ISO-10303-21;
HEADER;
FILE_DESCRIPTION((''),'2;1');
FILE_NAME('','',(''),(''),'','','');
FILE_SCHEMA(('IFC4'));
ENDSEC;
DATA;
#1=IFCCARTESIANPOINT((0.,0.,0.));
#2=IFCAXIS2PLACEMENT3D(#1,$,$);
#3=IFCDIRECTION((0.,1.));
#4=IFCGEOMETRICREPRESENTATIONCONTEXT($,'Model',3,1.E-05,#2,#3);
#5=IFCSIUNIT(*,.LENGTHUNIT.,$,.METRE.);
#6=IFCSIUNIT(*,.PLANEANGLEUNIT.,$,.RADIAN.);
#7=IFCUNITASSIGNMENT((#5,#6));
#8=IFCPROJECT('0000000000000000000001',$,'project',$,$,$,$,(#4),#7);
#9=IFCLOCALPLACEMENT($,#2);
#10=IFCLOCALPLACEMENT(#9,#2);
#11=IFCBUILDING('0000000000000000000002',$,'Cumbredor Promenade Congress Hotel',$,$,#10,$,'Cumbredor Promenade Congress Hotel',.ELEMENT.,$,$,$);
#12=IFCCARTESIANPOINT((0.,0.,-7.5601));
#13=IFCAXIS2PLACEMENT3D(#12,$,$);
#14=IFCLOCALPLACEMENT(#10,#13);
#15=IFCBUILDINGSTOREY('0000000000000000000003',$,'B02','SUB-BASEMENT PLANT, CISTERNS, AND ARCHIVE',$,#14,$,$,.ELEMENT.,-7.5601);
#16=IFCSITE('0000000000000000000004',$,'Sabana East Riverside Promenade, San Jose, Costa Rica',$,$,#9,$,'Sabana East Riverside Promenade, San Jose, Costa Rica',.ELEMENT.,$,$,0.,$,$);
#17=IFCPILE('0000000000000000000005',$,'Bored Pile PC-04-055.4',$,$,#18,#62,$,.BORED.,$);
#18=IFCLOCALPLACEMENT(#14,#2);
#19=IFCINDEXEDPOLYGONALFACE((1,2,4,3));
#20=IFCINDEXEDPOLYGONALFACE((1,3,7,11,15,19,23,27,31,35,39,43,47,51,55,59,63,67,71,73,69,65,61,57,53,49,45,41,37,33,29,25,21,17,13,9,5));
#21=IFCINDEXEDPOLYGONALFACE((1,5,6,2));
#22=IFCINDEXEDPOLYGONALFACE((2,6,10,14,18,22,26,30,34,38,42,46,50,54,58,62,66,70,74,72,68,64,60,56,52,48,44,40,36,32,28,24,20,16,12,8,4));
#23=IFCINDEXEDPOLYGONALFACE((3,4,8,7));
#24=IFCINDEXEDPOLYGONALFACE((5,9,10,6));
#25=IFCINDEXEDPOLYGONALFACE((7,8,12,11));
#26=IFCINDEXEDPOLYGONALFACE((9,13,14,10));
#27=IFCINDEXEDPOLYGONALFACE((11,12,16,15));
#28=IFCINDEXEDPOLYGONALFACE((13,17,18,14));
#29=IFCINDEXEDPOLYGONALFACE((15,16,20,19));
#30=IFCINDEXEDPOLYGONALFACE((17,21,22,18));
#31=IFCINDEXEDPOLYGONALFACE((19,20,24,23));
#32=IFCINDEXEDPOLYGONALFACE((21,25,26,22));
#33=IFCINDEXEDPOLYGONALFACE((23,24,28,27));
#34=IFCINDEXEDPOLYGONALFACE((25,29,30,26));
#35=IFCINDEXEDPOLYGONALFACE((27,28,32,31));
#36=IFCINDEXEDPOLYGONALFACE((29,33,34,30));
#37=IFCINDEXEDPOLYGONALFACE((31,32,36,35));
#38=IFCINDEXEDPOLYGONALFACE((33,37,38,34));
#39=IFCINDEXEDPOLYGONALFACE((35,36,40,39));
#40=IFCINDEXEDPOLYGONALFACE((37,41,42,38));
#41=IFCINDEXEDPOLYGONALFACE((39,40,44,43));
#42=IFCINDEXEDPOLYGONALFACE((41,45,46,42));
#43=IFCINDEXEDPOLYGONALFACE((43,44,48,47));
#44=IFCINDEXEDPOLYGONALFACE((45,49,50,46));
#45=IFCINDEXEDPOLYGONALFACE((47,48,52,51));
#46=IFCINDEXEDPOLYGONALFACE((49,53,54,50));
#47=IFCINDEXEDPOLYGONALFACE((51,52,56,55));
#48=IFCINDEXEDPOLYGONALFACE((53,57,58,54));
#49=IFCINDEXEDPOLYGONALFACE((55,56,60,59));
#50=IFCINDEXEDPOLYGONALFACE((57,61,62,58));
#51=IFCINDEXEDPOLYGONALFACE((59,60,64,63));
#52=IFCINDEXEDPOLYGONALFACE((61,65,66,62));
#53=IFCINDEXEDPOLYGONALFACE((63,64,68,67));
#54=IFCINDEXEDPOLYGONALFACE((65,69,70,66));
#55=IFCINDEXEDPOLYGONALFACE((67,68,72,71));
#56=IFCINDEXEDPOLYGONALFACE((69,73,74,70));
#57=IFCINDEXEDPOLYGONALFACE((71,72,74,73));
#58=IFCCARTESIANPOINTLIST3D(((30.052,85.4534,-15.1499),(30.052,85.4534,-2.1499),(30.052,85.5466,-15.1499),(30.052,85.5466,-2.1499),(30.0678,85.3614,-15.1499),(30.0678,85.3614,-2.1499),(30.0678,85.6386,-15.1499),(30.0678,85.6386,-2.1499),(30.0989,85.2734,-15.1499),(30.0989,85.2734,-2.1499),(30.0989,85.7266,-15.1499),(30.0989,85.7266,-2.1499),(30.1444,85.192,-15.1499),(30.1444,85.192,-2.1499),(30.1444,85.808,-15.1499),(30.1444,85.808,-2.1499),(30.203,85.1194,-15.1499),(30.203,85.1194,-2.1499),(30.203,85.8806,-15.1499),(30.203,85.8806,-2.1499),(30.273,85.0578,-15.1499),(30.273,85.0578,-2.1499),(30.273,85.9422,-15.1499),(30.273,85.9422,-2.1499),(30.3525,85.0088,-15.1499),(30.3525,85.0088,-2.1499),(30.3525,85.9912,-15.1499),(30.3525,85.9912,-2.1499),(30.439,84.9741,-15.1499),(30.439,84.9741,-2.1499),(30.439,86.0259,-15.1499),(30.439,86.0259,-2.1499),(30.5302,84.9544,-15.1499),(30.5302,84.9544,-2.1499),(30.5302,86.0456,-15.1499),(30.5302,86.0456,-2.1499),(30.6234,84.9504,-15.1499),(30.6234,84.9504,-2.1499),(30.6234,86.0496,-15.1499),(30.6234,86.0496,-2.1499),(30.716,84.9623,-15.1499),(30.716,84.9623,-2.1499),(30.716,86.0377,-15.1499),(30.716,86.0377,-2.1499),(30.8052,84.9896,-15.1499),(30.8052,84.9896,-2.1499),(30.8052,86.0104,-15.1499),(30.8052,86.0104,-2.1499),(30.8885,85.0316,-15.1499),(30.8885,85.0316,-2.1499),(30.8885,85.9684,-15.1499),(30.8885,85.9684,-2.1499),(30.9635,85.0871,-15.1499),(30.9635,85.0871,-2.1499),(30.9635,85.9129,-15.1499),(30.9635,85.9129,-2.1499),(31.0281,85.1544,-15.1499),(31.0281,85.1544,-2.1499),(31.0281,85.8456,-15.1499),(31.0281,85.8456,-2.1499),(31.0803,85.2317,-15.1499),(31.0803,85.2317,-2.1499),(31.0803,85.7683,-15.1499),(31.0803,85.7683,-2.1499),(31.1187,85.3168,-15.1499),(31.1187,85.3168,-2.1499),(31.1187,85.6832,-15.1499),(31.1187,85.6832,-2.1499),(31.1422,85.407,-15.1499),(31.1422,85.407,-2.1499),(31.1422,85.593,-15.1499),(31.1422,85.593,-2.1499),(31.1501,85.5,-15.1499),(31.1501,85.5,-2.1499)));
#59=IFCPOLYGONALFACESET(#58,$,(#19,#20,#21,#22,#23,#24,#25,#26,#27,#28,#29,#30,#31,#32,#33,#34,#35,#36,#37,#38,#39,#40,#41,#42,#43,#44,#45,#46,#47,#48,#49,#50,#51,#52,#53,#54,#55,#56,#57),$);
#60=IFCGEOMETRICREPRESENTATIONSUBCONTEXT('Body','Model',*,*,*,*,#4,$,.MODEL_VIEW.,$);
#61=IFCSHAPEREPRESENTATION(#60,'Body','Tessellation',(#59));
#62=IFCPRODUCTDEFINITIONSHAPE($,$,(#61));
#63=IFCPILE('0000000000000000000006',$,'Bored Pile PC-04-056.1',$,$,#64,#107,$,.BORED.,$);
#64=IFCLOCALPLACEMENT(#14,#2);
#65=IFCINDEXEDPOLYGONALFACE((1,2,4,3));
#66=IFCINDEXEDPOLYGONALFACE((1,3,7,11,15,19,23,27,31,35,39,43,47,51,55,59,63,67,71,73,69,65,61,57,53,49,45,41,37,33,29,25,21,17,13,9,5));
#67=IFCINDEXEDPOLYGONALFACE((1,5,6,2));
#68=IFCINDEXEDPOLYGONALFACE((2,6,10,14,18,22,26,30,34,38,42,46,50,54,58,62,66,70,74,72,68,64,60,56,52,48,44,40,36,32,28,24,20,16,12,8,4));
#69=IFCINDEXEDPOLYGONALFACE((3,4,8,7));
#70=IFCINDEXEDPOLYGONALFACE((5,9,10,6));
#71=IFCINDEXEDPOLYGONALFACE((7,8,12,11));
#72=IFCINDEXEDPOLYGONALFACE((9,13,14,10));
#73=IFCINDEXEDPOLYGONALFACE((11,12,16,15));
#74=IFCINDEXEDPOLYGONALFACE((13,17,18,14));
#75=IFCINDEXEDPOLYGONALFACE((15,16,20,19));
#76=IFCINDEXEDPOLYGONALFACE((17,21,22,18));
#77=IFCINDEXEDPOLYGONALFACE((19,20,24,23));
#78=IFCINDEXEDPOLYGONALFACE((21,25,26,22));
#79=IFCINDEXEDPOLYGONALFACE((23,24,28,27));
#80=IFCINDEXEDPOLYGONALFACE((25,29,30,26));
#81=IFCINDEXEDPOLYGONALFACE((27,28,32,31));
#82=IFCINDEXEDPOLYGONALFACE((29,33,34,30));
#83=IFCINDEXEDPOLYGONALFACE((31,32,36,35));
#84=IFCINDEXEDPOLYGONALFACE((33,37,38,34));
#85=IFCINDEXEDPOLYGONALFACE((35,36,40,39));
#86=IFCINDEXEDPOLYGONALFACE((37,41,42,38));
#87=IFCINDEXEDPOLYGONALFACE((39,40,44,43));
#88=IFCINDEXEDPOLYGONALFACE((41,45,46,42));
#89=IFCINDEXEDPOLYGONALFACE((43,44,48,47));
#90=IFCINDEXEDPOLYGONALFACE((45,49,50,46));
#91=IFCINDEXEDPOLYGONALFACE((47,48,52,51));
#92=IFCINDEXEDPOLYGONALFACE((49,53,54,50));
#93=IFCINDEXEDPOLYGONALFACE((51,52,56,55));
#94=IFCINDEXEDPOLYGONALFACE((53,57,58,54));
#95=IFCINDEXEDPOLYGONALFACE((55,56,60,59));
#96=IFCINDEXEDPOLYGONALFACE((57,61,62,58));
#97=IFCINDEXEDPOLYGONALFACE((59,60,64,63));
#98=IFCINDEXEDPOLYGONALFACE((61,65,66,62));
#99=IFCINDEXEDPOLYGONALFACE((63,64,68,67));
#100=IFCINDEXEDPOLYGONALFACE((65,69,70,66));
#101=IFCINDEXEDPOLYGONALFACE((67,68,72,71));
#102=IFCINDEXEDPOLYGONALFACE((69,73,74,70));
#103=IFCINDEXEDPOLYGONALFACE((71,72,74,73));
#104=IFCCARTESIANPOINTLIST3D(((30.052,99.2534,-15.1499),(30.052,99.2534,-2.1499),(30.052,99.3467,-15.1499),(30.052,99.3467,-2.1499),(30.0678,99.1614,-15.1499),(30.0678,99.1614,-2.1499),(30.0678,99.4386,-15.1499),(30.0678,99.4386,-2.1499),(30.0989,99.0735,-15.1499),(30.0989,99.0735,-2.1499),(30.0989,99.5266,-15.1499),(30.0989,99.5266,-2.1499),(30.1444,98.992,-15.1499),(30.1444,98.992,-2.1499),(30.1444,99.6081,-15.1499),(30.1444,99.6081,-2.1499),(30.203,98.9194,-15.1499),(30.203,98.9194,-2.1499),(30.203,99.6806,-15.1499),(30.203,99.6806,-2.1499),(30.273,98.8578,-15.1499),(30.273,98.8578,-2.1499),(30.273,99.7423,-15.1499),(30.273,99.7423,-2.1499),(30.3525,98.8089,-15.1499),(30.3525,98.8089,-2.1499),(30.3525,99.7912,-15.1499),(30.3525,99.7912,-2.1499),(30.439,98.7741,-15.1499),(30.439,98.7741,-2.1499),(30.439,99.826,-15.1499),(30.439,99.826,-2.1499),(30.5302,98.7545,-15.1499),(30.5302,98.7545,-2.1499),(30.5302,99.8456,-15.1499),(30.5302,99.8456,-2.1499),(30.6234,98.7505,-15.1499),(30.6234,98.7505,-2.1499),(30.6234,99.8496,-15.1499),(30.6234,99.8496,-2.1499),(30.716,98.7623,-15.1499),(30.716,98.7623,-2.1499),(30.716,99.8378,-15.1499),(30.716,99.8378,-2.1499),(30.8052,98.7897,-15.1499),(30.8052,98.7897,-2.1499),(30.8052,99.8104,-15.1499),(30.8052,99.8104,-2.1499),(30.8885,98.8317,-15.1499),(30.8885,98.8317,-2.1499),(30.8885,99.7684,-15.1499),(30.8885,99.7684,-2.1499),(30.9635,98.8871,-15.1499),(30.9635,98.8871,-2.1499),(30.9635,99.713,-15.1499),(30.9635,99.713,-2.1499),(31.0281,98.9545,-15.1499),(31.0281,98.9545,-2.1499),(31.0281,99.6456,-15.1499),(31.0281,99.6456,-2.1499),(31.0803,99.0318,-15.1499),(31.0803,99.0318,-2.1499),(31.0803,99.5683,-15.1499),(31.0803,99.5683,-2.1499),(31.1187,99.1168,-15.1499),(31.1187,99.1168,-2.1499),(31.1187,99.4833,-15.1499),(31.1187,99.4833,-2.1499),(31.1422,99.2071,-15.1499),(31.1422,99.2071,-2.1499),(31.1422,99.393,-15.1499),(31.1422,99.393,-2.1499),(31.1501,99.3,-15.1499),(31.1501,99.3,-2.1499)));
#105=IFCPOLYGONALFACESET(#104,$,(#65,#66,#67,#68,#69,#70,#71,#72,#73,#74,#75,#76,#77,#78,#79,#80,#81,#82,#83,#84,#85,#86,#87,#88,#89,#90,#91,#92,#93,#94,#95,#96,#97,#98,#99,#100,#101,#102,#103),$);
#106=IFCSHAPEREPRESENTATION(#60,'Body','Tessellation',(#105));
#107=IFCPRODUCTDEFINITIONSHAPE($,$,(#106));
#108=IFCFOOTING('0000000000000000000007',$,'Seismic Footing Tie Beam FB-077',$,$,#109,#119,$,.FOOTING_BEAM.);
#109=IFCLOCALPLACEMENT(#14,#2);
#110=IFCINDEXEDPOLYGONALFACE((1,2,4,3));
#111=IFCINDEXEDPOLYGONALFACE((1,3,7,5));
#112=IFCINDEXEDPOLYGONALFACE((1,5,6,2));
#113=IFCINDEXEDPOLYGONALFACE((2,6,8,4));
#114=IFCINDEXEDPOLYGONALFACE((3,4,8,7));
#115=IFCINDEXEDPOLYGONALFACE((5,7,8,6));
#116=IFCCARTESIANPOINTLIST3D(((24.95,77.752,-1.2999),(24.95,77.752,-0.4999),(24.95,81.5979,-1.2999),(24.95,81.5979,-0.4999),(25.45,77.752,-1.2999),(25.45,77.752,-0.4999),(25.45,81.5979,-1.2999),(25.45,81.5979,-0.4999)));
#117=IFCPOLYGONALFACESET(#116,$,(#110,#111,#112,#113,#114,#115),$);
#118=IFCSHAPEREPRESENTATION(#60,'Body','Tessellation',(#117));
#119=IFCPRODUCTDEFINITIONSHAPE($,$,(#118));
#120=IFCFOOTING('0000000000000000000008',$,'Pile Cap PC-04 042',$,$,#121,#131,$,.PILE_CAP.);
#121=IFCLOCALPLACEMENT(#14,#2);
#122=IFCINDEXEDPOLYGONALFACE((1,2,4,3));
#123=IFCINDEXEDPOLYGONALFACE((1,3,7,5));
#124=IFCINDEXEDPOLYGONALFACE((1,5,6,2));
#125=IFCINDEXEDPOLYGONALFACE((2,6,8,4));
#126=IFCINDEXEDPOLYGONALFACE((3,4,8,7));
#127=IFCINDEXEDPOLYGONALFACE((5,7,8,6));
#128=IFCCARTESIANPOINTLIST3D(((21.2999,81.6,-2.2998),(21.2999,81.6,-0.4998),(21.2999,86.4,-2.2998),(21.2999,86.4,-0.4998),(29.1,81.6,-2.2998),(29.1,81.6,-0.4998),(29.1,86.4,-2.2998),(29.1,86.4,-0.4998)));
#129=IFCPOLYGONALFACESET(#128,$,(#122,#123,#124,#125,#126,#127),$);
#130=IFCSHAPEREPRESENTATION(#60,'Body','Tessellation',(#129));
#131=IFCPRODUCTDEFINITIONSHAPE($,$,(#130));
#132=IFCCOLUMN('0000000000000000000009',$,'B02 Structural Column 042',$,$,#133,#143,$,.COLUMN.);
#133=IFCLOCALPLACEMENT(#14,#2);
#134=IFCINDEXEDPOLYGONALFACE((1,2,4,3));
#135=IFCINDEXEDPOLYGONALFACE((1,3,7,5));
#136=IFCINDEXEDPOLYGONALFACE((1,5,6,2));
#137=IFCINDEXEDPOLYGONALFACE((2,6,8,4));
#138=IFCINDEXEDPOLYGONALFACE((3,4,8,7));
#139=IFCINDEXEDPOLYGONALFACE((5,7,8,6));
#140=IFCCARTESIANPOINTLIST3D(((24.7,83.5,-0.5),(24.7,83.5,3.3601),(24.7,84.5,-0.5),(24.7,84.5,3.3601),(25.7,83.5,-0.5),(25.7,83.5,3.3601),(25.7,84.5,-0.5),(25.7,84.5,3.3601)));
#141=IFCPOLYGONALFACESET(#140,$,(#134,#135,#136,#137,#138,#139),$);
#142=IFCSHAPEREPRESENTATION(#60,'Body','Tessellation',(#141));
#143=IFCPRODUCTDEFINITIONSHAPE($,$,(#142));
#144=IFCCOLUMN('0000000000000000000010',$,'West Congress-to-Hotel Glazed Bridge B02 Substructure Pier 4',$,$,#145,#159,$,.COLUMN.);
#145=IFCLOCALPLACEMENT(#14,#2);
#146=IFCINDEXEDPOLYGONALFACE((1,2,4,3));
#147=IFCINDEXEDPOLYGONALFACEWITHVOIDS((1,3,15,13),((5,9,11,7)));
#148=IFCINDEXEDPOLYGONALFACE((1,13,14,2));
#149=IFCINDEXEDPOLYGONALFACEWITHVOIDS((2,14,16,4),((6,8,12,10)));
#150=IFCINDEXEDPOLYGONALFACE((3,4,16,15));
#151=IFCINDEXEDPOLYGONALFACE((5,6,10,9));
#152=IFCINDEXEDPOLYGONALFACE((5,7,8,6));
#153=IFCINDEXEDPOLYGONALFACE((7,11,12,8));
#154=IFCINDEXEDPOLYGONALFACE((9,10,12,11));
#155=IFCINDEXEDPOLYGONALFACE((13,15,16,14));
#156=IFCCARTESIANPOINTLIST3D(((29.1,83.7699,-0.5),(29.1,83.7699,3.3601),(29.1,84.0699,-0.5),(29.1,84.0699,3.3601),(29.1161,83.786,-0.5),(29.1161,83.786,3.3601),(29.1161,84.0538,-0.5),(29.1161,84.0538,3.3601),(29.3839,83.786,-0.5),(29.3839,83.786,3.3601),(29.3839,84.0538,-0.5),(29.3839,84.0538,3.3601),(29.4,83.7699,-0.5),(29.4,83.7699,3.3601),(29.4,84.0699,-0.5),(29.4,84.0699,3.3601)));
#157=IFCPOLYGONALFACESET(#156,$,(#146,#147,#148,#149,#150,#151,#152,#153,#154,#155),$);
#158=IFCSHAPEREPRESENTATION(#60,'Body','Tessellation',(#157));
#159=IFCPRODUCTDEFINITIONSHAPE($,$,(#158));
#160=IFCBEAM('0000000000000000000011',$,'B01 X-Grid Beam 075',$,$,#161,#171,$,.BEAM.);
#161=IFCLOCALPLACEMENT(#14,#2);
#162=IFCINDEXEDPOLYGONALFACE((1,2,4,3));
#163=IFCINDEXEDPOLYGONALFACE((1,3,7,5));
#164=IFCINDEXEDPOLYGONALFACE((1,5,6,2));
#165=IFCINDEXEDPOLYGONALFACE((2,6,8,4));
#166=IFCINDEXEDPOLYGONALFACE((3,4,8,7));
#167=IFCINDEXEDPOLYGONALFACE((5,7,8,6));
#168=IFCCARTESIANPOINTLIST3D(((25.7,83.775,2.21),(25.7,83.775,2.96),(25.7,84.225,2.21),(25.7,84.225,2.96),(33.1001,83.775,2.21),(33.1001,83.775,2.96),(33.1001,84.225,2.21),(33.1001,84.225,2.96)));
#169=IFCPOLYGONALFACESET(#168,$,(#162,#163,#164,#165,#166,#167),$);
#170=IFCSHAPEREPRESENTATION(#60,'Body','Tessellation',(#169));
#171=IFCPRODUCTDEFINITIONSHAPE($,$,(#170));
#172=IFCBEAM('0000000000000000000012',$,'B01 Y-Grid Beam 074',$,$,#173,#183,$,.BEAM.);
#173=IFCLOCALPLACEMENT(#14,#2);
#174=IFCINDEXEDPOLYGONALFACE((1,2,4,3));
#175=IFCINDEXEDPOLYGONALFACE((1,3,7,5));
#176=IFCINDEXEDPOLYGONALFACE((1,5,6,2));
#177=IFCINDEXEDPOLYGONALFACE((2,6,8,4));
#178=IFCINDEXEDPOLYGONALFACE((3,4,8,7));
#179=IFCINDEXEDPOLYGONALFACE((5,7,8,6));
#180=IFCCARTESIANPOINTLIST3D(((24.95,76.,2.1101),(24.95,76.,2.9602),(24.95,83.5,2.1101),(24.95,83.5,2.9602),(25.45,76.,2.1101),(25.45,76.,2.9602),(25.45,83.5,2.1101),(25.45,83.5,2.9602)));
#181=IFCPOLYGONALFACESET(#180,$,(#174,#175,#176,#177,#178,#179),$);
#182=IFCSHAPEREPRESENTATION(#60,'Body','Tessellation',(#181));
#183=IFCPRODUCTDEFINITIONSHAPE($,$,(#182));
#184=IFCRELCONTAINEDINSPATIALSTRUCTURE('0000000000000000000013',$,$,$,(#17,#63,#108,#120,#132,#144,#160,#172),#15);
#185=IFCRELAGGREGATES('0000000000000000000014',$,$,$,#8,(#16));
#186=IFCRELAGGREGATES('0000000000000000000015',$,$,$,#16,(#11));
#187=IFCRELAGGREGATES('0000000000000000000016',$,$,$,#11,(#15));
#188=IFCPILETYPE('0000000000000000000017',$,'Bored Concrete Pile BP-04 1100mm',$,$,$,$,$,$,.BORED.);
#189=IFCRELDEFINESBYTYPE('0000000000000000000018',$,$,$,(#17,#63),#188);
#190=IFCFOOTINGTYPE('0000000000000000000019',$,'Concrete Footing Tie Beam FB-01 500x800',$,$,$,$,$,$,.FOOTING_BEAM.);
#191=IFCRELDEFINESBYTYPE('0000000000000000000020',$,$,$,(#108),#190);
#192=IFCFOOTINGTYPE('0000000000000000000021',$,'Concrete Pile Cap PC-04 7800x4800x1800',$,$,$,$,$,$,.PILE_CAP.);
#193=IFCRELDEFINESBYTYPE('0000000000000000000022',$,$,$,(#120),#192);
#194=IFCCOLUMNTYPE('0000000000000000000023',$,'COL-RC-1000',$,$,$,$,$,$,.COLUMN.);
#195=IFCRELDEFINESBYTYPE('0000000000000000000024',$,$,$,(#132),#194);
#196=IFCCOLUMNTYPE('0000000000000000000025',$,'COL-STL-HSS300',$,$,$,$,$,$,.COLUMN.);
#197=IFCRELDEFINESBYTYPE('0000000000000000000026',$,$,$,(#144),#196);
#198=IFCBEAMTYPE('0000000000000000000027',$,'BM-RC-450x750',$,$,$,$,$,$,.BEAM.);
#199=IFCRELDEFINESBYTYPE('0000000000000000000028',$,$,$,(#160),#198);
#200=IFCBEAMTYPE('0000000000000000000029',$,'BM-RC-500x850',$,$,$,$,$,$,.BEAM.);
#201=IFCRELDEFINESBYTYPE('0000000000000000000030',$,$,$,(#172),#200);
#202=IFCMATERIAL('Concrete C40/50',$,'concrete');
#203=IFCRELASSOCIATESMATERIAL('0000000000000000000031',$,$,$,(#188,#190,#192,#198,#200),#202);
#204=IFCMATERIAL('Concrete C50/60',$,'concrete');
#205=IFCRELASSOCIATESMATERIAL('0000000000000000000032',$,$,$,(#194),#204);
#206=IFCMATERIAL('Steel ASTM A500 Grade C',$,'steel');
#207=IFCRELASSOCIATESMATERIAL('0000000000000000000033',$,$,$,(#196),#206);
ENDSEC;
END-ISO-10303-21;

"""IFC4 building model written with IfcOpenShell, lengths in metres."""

from ifc_helpers import new_model, si_unit, direction, frame, origin, origin_2d, place, context, subcontext, project, spatial, rectangle, hollow_rectangle, circle, extrude, material, material_profile, profile_set, type_object, element, save


model = new_model("IFC4")

# Units and contexts
model_context = context("Model", 3, precision=1e-05, world=origin(), true_north=direction((0.0, 1.0)))
body_context = subcontext(model_context, "Body", "Model", "MODEL_VIEW")
ifc_project = project(units=[si_unit("LENGTHUNIT", "METRE"), si_unit("PLANEANGLEUNIT", "RADIAN")], contexts=[model_context])

# Site, building, storey
site_placement = place(None, origin())
site = spatial("IfcSite", under=ifc_project, at=site_placement, Name="Sabana East Riverside Promenade, San Jose, Costa Rica", LongName="Sabana East Riverside Promenade, San Jose, Costa Rica", CompositionType="ELEMENT", RefElevation=0.0)
building_placement = place(site_placement, origin())
building = spatial("IfcBuilding", under=site, at=building_placement, Name="Cumbredor Promenade Congress Hotel", LongName="Cumbredor Promenade Congress Hotel", CompositionType="ELEMENT")
storey_placement = place(building_placement, frame((0.0, 0.0, -7.5601)))
storey = spatial("IfcBuildingStorey", under=building, at=storey_placement, Name="B02", Description="SUB-BASEMENT PLANT, CISTERNS, AND ARCHIVE", CompositionType="ELEMENT", Elevation=-7.5601)

# Piles
ifc_material_1 = material(Name="Concrete C40/50", Category="concrete")
ifc_material_profile_1 = material_profile(ifc_material_1, circle(Radius=0.55, at=origin_2d()), Name="PILE D1100")
ifc_profile_set_1 = profile_set([ifc_material_profile_1], Name="Concrete C40/50")
pile_type_1 = type_object("IfcPileType", Name="Bored Concrete Pile BP-04 1100mm", PredefinedType="BORED", material=ifc_profile_set_1)
for number, where, z_axis, x_axis, name in (
    (1, (30.6001, 85.5, -2.1499), (0.0, 0.0, -1.0), (1.0, 0.0, 0.0), "Bored Pile PC-04-055.4"),
    (2, (30.6001, 99.3, -2.1499), (0.0, 0.0, -1.0), (1.0, 0.0, 0.0), "Bored Pile PC-04-056.1"),
):
    element("IfcPile", number, at=place(storey_placement, frame(where, z_axis=z_axis, x_axis=x_axis)), inside=storey, type_object=pile_type_1, Name=name, PredefinedType="BORED", context=body_context, shape_type="SweptSolid", body=[
        extrude(circle(Radius=0.55, at=origin_2d()), origin(), (0.0, 0.0, 1.0), 13.0),
    ])

# Footings
ifc_material_profile_2 = material_profile(ifc_material_1, rectangle(XDim=0.5, YDim=0.8, at=origin_2d()), Name="FB 500x800")
ifc_profile_set_2 = profile_set([ifc_material_profile_2], Name="Concrete C40/50")
footing_type_1 = type_object("IfcFootingType", Name="Concrete Footing Tie Beam FB-01 500x800", PredefinedType="FOOTING_BEAM", material=ifc_profile_set_2)
footing_1_placement = place(storey_placement, frame((25.2, 77.752, -0.8999), z_axis=(0.0, 1.0, 0.0), x_axis=(-1.0, 0.0, 0.0)))
element("IfcFooting", 3, at=footing_1_placement, inside=storey, type_object=footing_type_1, Name="Seismic Footing Tie Beam FB-077", PredefinedType="FOOTING_BEAM", context=body_context, shape_type="SweptSolid", body=[
    extrude(rectangle(XDim=0.5, YDim=0.8, at=origin_2d()), origin(), (0.0, 0.0, 1.0), 3.8459),
])
footing_type_2 = type_object("IfcFootingType", Name="Concrete Pile Cap PC-04 7800x4800x1800", PredefinedType="PILE_CAP", material=ifc_material_1)
footing_2_placement = place(storey_placement, frame((25.2, 84.0, -2.2998), z_axis=(0.0, 0.0, 1.0), x_axis=(1.0, 0.0, 0.0)))
element("IfcFooting", 4, at=footing_2_placement, inside=storey, type_object=footing_type_2, Name="Pile Cap PC-04 042", PredefinedType="PILE_CAP", context=body_context, shape_type="SweptSolid", body=[
    extrude(rectangle(XDim=7.8, YDim=4.8, at=origin_2d()), origin(), (0.0, 0.0, 1.0), 1.8),
])

# Columns
ifc_material_2 = material(Name="Concrete C50/60", Category="concrete")
ifc_material_profile_3 = material_profile(ifc_material_2, rectangle(XDim=1.0, YDim=1.0, at=origin_2d()), Name="RC 1000x1000")
ifc_profile_set_3 = profile_set([ifc_material_profile_3], Name="Concrete C50/60")
column_type_1 = type_object("IfcColumnType", Name="COL-RC-1000", PredefinedType="COLUMN", material=ifc_profile_set_3)
column_1_placement = place(storey_placement, frame((25.2, 84.0, -0.5), z_axis=(0.0, 0.0, 1.0), x_axis=(1.0, 0.0, 0.0)))
element("IfcColumn", 5, at=column_1_placement, inside=storey, type_object=column_type_1, Name="B02 Structural Column 042", PredefinedType="COLUMN", context=body_context, shape_type="SweptSolid", body=[
    extrude(rectangle(XDim=1.0, YDim=1.0, at=origin_2d()), origin(), (0.0, 0.0, 1.0), 3.8601),
])
ifc_material_3 = material(Name="Steel ASTM A500 Grade C", Category="steel")
ifc_material_profile_4 = material_profile(ifc_material_3, hollow_rectangle(XDim=0.3, YDim=0.3, WallThickness=0.0161, at=origin_2d()), Name="HSS 300x300x16")
ifc_profile_set_4 = profile_set([ifc_material_profile_4], Name="Steel ASTM A500 Grade C")
column_type_2 = type_object("IfcColumnType", Name="COL-STL-HSS300", PredefinedType="COLUMN", material=ifc_profile_set_4)
column_2_placement = place(storey_placement, frame((29.25, 83.9199, -0.5), z_axis=(0.0, 0.0, 1.0), x_axis=(1.0, 0.0, 0.0)))
element("IfcColumn", 6, at=column_2_placement, inside=storey, type_object=column_type_2, Name="West Congress-to-Hotel Glazed Bridge B02 Substructure Pier 4", PredefinedType="COLUMN", context=body_context, shape_type="SweptSolid", body=[
    extrude(hollow_rectangle(XDim=0.3, YDim=0.3, WallThickness=0.0161, at=origin_2d()), origin(), (0.0, 0.0, 1.0), 3.8601),
])

# Beams
ifc_material_profile_5 = material_profile(ifc_material_1, rectangle(XDim=0.45, YDim=0.75, at=origin_2d()), Name="RC BEAM 450x750")
ifc_profile_set_5 = profile_set([ifc_material_profile_5], Name="Concrete C40/50")
beam_type_1 = type_object("IfcBeamType", Name="BM-RC-450x750", PredefinedType="BEAM", material=ifc_profile_set_5)
beam_1_placement = place(storey_placement, frame((25.7, 84.0, 2.585), z_axis=(1.0, 0.0, 0.0), x_axis=(0.0, 1.0, 0.0)))
element("IfcBeam", 7, at=beam_1_placement, inside=storey, type_object=beam_type_1, Name="B01 X-Grid Beam 075", PredefinedType="BEAM", context=body_context, shape_type="SweptSolid", body=[
    extrude(rectangle(XDim=0.45, YDim=0.75, at=origin_2d()), origin(), (0.0, 0.0, 1.0), 7.4001),
])
ifc_material_profile_6 = material_profile(ifc_material_1, rectangle(XDim=0.5, YDim=0.8501, at=origin_2d()), Name="RC BEAM 500x850")
ifc_profile_set_6 = profile_set([ifc_material_profile_6], Name="Concrete C40/50")
beam_type_2 = type_object("IfcBeamType", Name="BM-RC-500x850", PredefinedType="BEAM", material=ifc_profile_set_6)
beam_2_placement = place(storey_placement, frame((25.2, 76.0, 2.5352), z_axis=(0.0, 1.0, 0.0), x_axis=(-1.0, 0.0, 0.0)))
element("IfcBeam", 8, at=beam_2_placement, inside=storey, type_object=beam_type_2, Name="B01 Y-Grid Beam 074", PredefinedType="BEAM", context=body_context, shape_type="SweptSolid", body=[
    extrude(rectangle(XDim=0.5, YDim=0.8501, at=origin_2d()), origin(), (0.0, 0.0, 1.0), 7.5),
])

save(model, "model.ifc")
